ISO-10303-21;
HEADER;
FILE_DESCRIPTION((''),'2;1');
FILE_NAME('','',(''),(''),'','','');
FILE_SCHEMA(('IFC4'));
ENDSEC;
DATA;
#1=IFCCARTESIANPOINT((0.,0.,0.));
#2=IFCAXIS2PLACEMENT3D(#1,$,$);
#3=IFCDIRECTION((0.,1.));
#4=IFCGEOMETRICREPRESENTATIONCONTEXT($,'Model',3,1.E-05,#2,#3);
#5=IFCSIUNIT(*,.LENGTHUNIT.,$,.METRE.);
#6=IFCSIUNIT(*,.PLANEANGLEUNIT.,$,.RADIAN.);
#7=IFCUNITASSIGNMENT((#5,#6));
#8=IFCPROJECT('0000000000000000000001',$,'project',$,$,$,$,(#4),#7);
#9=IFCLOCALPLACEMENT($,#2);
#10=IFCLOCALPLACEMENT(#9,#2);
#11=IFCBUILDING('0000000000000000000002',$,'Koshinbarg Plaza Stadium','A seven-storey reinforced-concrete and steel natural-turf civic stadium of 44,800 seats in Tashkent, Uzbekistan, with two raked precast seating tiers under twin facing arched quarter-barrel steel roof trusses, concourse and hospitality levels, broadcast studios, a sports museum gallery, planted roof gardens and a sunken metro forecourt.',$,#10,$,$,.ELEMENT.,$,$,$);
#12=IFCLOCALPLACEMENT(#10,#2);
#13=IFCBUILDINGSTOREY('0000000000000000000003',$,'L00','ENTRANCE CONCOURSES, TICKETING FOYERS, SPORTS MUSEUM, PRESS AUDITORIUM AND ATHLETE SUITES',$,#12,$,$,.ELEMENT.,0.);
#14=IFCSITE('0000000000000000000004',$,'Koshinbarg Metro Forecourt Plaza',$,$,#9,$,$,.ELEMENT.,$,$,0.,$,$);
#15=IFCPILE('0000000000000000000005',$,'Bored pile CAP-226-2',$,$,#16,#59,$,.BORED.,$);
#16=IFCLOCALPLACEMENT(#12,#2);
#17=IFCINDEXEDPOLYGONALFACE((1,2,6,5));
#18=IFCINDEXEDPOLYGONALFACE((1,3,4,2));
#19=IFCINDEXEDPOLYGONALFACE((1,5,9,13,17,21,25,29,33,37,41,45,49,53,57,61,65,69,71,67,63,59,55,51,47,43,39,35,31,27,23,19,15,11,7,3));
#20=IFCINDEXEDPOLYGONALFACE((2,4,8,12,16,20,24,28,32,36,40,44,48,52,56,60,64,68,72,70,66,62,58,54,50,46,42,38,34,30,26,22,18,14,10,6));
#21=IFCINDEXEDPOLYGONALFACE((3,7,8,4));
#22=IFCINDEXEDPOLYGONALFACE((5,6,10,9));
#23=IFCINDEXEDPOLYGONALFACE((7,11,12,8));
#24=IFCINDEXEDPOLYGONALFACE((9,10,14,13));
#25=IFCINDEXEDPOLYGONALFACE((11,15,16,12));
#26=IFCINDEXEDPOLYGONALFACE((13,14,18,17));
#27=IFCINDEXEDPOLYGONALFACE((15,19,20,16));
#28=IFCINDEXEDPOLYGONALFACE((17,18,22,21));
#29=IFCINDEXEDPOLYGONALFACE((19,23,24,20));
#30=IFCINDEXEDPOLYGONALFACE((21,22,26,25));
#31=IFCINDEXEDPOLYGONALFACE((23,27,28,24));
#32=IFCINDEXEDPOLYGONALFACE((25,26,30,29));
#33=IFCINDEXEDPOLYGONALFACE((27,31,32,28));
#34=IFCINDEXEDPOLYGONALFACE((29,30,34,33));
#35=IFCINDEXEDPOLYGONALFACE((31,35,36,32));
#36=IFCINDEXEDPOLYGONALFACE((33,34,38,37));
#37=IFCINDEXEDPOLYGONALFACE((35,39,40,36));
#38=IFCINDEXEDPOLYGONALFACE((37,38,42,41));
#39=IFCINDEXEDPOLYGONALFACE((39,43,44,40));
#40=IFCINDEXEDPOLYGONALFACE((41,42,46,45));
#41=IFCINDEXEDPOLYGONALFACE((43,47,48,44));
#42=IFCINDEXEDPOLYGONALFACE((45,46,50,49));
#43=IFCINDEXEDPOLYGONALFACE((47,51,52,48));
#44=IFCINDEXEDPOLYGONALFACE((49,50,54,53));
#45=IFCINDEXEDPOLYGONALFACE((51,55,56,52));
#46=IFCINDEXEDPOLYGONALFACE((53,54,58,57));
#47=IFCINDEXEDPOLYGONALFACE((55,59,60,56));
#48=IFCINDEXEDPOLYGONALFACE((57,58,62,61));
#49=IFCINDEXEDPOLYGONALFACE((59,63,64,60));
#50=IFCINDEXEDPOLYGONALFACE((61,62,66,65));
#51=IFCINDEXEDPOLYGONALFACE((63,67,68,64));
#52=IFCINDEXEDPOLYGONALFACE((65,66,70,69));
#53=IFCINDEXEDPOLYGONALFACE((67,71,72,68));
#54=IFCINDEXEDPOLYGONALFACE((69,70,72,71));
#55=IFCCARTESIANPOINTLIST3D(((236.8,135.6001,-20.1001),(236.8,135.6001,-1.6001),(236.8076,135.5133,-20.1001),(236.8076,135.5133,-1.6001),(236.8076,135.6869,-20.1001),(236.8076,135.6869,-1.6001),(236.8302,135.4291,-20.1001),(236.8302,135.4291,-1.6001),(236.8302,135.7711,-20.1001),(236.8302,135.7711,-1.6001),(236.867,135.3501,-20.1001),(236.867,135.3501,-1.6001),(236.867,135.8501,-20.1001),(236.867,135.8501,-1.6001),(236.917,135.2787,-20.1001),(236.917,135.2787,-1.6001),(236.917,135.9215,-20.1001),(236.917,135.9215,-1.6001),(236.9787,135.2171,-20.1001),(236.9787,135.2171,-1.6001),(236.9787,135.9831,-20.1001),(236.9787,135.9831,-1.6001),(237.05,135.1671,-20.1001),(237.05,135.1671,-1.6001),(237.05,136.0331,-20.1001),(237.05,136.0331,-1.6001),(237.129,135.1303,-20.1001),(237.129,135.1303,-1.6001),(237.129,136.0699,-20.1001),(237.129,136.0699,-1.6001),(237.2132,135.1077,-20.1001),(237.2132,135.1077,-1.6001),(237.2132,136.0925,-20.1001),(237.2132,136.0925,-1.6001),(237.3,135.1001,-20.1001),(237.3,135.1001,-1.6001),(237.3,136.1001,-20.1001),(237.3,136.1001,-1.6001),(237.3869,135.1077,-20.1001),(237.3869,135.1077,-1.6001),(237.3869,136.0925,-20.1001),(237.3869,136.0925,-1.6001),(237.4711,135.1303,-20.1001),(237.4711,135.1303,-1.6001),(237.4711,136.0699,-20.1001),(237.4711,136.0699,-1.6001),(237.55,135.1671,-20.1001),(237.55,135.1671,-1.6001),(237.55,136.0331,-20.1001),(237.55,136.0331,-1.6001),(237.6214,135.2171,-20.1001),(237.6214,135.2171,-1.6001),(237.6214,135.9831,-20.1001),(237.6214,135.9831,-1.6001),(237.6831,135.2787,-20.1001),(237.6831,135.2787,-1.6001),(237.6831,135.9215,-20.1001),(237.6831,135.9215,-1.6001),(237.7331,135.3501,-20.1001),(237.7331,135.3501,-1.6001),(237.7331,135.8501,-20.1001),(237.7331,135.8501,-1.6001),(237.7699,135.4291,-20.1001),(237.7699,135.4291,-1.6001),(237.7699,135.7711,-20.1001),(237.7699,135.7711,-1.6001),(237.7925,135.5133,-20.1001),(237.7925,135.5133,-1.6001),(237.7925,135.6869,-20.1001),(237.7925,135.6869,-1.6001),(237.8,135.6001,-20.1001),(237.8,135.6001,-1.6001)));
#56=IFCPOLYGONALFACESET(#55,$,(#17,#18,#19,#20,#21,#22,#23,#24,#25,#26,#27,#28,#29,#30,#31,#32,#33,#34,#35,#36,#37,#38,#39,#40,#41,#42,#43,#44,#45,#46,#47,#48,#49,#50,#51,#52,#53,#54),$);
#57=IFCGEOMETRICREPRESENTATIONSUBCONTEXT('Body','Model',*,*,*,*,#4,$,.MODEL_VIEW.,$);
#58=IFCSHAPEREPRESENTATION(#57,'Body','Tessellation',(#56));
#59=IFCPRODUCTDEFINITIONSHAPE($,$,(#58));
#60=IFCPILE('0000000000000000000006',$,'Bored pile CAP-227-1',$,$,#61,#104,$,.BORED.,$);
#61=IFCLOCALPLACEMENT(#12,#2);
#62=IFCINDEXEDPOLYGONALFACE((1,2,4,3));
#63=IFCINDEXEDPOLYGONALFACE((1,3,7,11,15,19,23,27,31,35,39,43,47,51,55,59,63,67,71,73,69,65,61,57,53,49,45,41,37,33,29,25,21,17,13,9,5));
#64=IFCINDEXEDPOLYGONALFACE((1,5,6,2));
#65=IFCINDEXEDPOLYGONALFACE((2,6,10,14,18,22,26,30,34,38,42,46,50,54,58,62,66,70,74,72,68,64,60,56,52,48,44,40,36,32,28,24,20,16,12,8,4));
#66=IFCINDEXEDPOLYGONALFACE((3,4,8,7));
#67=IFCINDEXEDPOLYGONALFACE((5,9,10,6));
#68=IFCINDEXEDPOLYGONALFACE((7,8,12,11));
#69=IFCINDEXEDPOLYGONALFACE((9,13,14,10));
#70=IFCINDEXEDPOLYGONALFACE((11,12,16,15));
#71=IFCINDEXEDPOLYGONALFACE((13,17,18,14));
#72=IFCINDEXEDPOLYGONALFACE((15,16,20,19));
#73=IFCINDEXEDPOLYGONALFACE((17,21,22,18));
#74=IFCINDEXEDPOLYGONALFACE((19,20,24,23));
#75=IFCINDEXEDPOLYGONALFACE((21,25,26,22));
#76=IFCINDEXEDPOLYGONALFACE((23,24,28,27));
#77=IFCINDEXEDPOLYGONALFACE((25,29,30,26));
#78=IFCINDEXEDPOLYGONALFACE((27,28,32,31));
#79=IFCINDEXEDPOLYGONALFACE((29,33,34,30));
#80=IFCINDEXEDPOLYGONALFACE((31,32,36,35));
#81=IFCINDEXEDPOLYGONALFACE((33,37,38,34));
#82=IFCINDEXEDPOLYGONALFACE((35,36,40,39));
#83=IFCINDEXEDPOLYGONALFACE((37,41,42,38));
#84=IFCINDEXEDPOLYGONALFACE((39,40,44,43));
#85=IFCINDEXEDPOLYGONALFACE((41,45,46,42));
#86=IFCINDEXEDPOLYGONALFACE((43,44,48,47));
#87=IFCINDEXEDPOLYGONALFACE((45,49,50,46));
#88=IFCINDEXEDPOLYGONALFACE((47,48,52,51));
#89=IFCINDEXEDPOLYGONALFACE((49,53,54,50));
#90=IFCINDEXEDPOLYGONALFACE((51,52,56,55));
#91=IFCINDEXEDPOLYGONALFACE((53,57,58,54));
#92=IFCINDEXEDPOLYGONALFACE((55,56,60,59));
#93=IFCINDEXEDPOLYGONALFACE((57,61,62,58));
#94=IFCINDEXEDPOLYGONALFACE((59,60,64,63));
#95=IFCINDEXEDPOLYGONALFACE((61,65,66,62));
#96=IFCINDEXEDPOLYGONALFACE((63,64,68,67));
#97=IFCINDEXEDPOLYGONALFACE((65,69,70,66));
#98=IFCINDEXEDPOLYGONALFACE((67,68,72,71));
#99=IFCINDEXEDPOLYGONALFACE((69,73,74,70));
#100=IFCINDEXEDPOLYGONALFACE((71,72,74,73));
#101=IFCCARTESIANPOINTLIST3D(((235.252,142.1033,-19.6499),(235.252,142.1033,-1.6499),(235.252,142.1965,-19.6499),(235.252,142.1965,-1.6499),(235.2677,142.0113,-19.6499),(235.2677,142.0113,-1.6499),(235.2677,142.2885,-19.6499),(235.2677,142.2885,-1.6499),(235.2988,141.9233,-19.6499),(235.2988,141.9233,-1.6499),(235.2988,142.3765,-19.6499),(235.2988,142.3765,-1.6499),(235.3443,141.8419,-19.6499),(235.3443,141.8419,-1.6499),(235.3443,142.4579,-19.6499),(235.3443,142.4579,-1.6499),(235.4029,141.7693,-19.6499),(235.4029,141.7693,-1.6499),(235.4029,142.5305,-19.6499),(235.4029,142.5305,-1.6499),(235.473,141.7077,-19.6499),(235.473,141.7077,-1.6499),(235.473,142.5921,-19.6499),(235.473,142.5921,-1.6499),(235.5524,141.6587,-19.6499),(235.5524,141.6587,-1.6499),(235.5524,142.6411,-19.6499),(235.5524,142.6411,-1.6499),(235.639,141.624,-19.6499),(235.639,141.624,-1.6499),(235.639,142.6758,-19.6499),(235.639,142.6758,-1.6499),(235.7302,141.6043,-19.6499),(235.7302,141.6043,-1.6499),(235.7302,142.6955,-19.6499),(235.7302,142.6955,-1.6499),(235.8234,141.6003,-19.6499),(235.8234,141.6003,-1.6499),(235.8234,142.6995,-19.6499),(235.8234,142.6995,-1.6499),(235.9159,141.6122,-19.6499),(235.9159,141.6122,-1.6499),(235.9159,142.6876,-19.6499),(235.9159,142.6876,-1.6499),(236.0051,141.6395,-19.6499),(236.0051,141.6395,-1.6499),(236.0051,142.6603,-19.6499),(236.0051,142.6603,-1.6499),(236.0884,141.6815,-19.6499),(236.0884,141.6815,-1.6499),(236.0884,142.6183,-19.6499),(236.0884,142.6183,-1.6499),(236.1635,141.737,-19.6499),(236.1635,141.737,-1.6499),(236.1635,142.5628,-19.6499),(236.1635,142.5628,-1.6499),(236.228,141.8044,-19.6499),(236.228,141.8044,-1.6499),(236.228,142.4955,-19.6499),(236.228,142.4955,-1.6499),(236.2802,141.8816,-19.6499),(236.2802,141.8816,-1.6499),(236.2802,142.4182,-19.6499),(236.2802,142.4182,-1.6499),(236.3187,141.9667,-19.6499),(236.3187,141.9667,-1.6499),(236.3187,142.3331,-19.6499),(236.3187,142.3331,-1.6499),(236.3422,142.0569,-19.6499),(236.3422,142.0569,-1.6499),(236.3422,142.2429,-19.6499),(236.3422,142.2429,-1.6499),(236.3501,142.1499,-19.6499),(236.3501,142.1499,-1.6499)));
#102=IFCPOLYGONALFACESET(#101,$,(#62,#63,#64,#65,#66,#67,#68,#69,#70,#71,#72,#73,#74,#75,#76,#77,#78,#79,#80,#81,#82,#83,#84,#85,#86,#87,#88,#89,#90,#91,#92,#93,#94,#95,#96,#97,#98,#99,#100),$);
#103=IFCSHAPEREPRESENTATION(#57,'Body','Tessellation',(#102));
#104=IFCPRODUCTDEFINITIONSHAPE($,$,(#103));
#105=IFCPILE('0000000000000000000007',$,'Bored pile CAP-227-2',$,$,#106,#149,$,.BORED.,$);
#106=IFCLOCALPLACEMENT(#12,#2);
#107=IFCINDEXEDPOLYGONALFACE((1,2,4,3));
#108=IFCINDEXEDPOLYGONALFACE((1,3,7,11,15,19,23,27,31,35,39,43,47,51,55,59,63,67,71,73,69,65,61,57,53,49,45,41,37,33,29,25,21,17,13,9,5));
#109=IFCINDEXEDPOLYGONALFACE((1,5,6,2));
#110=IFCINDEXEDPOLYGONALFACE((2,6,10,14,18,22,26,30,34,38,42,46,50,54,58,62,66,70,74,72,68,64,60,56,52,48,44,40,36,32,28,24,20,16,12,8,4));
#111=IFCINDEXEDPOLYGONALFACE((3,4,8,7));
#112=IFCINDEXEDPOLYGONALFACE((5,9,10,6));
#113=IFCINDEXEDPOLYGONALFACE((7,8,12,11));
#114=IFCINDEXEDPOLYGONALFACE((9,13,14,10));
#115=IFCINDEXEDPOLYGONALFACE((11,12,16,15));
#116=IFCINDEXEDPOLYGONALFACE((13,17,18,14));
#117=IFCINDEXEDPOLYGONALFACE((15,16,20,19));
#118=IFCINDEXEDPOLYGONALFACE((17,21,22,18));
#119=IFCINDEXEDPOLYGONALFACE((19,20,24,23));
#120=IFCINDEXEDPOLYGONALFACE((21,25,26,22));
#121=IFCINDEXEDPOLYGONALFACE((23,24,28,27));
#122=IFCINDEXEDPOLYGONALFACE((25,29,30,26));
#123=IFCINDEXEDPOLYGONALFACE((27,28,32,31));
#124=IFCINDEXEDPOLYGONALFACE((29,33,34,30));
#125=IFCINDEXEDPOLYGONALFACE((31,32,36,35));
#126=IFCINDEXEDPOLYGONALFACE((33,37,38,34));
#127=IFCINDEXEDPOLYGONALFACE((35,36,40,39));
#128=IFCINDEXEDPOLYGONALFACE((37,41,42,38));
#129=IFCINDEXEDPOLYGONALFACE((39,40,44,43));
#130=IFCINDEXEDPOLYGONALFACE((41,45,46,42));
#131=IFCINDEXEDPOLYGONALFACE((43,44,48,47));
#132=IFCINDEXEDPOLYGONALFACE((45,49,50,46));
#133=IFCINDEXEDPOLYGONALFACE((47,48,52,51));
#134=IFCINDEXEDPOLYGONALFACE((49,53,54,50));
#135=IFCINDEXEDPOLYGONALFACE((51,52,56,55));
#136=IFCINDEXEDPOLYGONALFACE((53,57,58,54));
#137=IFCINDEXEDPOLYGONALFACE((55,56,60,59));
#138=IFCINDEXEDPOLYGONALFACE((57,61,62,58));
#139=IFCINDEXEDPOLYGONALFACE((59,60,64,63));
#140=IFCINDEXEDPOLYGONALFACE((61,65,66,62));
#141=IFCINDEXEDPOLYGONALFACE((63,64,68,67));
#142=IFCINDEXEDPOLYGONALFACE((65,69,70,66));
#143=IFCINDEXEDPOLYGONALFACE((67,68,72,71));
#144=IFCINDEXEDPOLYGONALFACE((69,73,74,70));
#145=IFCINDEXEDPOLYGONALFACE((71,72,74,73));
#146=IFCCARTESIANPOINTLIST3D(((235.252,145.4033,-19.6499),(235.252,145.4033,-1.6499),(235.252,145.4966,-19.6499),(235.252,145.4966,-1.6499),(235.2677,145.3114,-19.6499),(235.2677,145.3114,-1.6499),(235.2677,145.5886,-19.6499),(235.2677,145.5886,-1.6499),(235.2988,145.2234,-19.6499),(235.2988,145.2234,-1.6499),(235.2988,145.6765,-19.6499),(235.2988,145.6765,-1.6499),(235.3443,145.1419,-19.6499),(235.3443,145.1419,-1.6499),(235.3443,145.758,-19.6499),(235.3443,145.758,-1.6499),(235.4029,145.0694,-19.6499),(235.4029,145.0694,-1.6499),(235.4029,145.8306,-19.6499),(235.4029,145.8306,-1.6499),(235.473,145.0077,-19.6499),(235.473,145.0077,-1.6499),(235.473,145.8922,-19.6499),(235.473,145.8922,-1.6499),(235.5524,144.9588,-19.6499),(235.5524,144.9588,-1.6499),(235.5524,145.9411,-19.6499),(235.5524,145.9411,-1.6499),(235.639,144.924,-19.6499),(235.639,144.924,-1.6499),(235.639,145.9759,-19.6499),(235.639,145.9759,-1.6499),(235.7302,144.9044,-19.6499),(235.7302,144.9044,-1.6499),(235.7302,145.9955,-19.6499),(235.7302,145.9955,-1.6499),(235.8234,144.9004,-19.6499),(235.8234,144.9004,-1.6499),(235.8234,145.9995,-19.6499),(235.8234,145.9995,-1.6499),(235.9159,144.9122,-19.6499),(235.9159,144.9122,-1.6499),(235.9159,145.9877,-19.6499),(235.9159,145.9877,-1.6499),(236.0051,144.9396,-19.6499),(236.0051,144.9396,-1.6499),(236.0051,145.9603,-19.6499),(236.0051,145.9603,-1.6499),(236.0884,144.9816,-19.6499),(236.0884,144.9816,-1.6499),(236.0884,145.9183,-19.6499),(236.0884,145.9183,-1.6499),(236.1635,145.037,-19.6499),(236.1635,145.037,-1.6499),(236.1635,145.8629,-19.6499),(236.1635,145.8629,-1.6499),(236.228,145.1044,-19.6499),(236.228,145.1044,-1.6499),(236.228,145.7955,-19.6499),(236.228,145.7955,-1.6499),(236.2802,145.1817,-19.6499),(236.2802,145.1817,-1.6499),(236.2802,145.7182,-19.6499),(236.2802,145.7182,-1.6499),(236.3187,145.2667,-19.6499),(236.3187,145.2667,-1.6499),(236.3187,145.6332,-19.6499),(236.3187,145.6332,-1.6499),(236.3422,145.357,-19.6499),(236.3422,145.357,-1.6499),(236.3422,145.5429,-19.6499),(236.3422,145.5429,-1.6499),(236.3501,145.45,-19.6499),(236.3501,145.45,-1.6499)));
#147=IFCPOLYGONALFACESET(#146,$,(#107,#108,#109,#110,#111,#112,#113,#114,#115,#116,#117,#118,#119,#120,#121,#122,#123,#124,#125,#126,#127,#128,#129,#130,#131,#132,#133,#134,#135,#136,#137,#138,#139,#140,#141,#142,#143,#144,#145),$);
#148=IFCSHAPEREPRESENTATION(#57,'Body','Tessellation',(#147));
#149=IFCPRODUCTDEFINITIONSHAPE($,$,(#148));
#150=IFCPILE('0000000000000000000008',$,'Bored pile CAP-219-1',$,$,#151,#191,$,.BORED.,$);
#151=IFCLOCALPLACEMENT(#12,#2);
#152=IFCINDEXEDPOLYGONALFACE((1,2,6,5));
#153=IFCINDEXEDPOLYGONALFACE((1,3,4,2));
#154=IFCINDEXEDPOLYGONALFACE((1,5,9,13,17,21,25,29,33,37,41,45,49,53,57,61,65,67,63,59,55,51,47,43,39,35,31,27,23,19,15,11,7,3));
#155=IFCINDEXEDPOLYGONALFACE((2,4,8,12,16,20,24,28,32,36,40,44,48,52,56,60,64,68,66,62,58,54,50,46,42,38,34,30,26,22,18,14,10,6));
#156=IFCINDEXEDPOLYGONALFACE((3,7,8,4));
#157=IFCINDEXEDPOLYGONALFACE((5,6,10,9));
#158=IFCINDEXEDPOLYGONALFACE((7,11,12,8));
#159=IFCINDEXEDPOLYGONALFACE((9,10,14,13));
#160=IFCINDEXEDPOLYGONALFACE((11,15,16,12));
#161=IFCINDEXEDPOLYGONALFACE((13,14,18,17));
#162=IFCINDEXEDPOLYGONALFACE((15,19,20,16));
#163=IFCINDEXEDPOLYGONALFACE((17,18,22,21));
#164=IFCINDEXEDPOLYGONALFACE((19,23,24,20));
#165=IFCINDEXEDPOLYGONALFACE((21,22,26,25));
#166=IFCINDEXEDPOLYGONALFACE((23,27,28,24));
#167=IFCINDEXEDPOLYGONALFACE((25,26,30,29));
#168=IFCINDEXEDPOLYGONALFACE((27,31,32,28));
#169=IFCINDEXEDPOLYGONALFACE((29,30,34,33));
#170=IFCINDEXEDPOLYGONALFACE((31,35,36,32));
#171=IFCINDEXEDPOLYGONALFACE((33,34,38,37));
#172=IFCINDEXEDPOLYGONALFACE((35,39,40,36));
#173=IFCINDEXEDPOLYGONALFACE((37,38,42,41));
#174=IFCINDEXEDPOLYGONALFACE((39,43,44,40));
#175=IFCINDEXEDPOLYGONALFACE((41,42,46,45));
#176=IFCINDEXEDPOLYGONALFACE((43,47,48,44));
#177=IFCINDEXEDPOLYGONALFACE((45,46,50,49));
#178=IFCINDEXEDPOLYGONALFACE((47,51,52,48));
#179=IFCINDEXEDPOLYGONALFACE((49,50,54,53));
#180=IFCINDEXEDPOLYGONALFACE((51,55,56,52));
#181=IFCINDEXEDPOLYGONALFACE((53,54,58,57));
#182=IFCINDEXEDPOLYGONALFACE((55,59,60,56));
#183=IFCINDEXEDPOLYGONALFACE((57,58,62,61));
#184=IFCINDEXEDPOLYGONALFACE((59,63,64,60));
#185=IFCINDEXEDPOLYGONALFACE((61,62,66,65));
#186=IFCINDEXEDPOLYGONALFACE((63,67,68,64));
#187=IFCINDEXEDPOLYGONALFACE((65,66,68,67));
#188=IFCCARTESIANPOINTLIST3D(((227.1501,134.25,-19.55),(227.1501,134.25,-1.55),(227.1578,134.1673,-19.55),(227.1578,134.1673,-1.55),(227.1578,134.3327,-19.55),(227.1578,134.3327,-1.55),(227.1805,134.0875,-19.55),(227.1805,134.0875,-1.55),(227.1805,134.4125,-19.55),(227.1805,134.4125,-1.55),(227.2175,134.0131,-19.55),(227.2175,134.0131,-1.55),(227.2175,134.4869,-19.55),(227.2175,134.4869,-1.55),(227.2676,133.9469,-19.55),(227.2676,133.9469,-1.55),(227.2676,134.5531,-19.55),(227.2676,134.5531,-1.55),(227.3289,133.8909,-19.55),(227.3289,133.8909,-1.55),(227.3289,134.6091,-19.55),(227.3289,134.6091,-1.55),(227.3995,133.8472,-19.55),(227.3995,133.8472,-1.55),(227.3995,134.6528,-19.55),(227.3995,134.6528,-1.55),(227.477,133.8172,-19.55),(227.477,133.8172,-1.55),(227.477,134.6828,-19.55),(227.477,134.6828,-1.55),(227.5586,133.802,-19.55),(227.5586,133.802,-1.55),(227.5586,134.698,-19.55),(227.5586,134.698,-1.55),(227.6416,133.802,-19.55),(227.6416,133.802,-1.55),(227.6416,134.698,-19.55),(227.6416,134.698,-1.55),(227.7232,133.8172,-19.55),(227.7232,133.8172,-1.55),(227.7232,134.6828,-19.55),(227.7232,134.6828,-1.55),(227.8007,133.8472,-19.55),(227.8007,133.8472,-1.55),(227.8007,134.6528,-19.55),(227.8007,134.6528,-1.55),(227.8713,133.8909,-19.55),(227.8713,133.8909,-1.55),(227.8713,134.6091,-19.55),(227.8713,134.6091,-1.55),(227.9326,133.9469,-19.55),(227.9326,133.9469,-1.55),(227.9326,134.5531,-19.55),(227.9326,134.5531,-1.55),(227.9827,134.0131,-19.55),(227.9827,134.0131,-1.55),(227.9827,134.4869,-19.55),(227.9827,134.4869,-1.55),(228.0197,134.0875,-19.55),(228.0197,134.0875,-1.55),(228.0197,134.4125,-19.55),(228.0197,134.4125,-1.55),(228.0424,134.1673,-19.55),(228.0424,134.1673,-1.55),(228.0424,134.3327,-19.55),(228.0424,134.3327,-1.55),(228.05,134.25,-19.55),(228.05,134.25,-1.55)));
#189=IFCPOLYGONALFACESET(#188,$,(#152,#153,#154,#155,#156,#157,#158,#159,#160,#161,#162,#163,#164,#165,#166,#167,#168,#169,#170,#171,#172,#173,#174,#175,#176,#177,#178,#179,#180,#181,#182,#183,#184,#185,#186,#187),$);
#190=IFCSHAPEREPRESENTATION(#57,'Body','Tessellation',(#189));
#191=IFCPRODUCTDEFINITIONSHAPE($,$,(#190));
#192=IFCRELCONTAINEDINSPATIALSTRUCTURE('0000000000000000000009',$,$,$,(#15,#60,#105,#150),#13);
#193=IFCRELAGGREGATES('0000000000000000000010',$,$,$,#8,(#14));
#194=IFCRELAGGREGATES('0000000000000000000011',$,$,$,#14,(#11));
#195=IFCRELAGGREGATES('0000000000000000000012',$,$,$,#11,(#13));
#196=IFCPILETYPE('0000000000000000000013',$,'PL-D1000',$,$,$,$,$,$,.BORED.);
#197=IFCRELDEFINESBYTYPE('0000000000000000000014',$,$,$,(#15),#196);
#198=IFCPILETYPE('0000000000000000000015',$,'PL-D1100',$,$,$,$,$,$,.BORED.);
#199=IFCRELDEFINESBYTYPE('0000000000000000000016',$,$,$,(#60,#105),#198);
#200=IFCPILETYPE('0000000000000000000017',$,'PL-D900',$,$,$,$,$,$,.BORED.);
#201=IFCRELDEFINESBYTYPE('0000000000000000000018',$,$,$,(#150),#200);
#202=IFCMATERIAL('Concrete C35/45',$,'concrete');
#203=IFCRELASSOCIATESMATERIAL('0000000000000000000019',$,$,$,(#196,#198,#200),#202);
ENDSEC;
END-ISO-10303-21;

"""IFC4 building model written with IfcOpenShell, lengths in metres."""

from ifc_helpers import new_model, si_unit, direction, frame, origin, origin_2d, place, context, subcontext, project, spatial, circle, extrude, material, material_profile, profile_set, type_object, element, save


model = new_model("IFC4")

# Units and contexts
model_context = context("Model", 3, precision=1e-05, world=origin(), true_north=direction((0.0, 1.0)))
body_context = subcontext(model_context, "Body", "Model", "MODEL_VIEW")
ifc_project = project(units=[si_unit("LENGTHUNIT", "METRE"), si_unit("PLANEANGLEUNIT", "RADIAN")], contexts=[model_context])

# Site, building, storey
site_placement = place(None, origin())
site = spatial("IfcSite", under=ifc_project, at=site_placement, Name="Koshinbarg Metro Forecourt Plaza", CompositionType="ELEMENT", RefElevation=0.0)
building_placement = place(site_placement, origin())
building = spatial("IfcBuilding", under=site, at=building_placement, Name="Koshinbarg Plaza Stadium", Description="A seven-storey reinforced-concrete and steel natural-turf civic stadium of 44,800 seats in Tashkent, Uzbekistan, with two raked precast seating tiers under twin facing arched quarter-barrel steel roof trusses, concourse and hospitality levels, broadcast studios, a sports museum gallery, planted roof gardens and a sunken metro forecourt.", CompositionType="ELEMENT")
storey_placement = place(building_placement, origin())
storey = spatial("IfcBuildingStorey", under=building, at=storey_placement, Name="L00", Description="ENTRANCE CONCOURSES, TICKETING FOYERS, SPORTS MUSEUM, PRESS AUDITORIUM AND ATHLETE SUITES", CompositionType="ELEMENT", Elevation=0.0)

# Shared definitions
ifc_material_1 = material(Name="Concrete C35/45", Category="concrete")

# Piles
ifc_material_profile_1 = material_profile(ifc_material_1, circle(Radius=0.5, at=origin_2d()), Name="PILE D1000")
ifc_profile_set_1 = profile_set([ifc_material_profile_1], Name="Concrete C35/45")
pile_type_1 = type_object("IfcPileType", Name="PL-D1000", PredefinedType="BORED", material=ifc_profile_set_1)
for number, where, z_axis, x_axis, name in (
    (1, (237.3, 135.6001, -1.6001), (0.0, 0.0, -1.0), (1.0, 0.0, 0.0), "Bored pile CAP-226-2"),
):
    element("IfcPile", number, at=place(storey_placement, frame(where, z_axis=z_axis, x_axis=x_axis)), inside=storey, type_object=pile_type_1, Name=name, PredefinedType="BORED", context=body_context, shape_type="SweptSolid", body=[
        extrude(circle(Radius=0.5, at=origin_2d()), origin(), (0.0, 0.0, 1.0), 18.5),
    ])
ifc_material_profile_2 = material_profile(ifc_material_1, circle(Radius=0.55, at=origin_2d()), Name="PILE D1100")
ifc_profile_set_2 = profile_set([ifc_material_profile_2], Name="Concrete C35/45")
pile_type_2 = type_object("IfcPileType", Name="PL-D1100", PredefinedType="BORED", material=ifc_profile_set_2)
for number, where, z_axis, x_axis, name in (
    (2, (235.8, 142.1499, -1.6499), (0.0, 0.0, -1.0), (1.0, 0.0, 0.0), "Bored pile CAP-227-1"),
    (3, (235.8, 145.45, -1.6499), (0.0, 0.0, -1.0), (1.0, 0.0, 0.0), "Bored pile CAP-227-2"),
):
    element("IfcPile", number, at=place(storey_placement, frame(where, z_axis=z_axis, x_axis=x_axis)), inside=storey, type_object=pile_type_2, Name=name, PredefinedType="BORED", context=body_context, shape_type="SweptSolid", body=[
        extrude(circle(Radius=0.55, at=origin_2d()), origin(), (0.0, 0.0, 1.0), 18.0),
    ])
ifc_material_profile_3 = material_profile(ifc_material_1, circle(Radius=0.45, at=origin_2d()), Name="PILE D900")
ifc_profile_set_3 = profile_set([ifc_material_profile_3], Name="Concrete C35/45")
pile_type_3 = type_object("IfcPileType", Name="PL-D900", PredefinedType="BORED", material=ifc_profile_set_3)
for number, where, z_axis, x_axis, name in (
    (4, (227.6001, 134.25, -1.55), (0.0, 0.0, -1.0), (1.0, 0.0, 0.0), "Bored pile CAP-219-1"),
):
    element("IfcPile", number, at=place(storey_placement, frame(where, z_axis=z_axis, x_axis=x_axis)), inside=storey, type_object=pile_type_3, Name=name, PredefinedType="BORED", context=body_context, shape_type="SweptSolid", body=[
        extrude(circle(Radius=0.45, at=origin_2d()), origin(), (0.0, 0.0, 1.0), 18.0),
    ])

save(model, "model.ifc")
